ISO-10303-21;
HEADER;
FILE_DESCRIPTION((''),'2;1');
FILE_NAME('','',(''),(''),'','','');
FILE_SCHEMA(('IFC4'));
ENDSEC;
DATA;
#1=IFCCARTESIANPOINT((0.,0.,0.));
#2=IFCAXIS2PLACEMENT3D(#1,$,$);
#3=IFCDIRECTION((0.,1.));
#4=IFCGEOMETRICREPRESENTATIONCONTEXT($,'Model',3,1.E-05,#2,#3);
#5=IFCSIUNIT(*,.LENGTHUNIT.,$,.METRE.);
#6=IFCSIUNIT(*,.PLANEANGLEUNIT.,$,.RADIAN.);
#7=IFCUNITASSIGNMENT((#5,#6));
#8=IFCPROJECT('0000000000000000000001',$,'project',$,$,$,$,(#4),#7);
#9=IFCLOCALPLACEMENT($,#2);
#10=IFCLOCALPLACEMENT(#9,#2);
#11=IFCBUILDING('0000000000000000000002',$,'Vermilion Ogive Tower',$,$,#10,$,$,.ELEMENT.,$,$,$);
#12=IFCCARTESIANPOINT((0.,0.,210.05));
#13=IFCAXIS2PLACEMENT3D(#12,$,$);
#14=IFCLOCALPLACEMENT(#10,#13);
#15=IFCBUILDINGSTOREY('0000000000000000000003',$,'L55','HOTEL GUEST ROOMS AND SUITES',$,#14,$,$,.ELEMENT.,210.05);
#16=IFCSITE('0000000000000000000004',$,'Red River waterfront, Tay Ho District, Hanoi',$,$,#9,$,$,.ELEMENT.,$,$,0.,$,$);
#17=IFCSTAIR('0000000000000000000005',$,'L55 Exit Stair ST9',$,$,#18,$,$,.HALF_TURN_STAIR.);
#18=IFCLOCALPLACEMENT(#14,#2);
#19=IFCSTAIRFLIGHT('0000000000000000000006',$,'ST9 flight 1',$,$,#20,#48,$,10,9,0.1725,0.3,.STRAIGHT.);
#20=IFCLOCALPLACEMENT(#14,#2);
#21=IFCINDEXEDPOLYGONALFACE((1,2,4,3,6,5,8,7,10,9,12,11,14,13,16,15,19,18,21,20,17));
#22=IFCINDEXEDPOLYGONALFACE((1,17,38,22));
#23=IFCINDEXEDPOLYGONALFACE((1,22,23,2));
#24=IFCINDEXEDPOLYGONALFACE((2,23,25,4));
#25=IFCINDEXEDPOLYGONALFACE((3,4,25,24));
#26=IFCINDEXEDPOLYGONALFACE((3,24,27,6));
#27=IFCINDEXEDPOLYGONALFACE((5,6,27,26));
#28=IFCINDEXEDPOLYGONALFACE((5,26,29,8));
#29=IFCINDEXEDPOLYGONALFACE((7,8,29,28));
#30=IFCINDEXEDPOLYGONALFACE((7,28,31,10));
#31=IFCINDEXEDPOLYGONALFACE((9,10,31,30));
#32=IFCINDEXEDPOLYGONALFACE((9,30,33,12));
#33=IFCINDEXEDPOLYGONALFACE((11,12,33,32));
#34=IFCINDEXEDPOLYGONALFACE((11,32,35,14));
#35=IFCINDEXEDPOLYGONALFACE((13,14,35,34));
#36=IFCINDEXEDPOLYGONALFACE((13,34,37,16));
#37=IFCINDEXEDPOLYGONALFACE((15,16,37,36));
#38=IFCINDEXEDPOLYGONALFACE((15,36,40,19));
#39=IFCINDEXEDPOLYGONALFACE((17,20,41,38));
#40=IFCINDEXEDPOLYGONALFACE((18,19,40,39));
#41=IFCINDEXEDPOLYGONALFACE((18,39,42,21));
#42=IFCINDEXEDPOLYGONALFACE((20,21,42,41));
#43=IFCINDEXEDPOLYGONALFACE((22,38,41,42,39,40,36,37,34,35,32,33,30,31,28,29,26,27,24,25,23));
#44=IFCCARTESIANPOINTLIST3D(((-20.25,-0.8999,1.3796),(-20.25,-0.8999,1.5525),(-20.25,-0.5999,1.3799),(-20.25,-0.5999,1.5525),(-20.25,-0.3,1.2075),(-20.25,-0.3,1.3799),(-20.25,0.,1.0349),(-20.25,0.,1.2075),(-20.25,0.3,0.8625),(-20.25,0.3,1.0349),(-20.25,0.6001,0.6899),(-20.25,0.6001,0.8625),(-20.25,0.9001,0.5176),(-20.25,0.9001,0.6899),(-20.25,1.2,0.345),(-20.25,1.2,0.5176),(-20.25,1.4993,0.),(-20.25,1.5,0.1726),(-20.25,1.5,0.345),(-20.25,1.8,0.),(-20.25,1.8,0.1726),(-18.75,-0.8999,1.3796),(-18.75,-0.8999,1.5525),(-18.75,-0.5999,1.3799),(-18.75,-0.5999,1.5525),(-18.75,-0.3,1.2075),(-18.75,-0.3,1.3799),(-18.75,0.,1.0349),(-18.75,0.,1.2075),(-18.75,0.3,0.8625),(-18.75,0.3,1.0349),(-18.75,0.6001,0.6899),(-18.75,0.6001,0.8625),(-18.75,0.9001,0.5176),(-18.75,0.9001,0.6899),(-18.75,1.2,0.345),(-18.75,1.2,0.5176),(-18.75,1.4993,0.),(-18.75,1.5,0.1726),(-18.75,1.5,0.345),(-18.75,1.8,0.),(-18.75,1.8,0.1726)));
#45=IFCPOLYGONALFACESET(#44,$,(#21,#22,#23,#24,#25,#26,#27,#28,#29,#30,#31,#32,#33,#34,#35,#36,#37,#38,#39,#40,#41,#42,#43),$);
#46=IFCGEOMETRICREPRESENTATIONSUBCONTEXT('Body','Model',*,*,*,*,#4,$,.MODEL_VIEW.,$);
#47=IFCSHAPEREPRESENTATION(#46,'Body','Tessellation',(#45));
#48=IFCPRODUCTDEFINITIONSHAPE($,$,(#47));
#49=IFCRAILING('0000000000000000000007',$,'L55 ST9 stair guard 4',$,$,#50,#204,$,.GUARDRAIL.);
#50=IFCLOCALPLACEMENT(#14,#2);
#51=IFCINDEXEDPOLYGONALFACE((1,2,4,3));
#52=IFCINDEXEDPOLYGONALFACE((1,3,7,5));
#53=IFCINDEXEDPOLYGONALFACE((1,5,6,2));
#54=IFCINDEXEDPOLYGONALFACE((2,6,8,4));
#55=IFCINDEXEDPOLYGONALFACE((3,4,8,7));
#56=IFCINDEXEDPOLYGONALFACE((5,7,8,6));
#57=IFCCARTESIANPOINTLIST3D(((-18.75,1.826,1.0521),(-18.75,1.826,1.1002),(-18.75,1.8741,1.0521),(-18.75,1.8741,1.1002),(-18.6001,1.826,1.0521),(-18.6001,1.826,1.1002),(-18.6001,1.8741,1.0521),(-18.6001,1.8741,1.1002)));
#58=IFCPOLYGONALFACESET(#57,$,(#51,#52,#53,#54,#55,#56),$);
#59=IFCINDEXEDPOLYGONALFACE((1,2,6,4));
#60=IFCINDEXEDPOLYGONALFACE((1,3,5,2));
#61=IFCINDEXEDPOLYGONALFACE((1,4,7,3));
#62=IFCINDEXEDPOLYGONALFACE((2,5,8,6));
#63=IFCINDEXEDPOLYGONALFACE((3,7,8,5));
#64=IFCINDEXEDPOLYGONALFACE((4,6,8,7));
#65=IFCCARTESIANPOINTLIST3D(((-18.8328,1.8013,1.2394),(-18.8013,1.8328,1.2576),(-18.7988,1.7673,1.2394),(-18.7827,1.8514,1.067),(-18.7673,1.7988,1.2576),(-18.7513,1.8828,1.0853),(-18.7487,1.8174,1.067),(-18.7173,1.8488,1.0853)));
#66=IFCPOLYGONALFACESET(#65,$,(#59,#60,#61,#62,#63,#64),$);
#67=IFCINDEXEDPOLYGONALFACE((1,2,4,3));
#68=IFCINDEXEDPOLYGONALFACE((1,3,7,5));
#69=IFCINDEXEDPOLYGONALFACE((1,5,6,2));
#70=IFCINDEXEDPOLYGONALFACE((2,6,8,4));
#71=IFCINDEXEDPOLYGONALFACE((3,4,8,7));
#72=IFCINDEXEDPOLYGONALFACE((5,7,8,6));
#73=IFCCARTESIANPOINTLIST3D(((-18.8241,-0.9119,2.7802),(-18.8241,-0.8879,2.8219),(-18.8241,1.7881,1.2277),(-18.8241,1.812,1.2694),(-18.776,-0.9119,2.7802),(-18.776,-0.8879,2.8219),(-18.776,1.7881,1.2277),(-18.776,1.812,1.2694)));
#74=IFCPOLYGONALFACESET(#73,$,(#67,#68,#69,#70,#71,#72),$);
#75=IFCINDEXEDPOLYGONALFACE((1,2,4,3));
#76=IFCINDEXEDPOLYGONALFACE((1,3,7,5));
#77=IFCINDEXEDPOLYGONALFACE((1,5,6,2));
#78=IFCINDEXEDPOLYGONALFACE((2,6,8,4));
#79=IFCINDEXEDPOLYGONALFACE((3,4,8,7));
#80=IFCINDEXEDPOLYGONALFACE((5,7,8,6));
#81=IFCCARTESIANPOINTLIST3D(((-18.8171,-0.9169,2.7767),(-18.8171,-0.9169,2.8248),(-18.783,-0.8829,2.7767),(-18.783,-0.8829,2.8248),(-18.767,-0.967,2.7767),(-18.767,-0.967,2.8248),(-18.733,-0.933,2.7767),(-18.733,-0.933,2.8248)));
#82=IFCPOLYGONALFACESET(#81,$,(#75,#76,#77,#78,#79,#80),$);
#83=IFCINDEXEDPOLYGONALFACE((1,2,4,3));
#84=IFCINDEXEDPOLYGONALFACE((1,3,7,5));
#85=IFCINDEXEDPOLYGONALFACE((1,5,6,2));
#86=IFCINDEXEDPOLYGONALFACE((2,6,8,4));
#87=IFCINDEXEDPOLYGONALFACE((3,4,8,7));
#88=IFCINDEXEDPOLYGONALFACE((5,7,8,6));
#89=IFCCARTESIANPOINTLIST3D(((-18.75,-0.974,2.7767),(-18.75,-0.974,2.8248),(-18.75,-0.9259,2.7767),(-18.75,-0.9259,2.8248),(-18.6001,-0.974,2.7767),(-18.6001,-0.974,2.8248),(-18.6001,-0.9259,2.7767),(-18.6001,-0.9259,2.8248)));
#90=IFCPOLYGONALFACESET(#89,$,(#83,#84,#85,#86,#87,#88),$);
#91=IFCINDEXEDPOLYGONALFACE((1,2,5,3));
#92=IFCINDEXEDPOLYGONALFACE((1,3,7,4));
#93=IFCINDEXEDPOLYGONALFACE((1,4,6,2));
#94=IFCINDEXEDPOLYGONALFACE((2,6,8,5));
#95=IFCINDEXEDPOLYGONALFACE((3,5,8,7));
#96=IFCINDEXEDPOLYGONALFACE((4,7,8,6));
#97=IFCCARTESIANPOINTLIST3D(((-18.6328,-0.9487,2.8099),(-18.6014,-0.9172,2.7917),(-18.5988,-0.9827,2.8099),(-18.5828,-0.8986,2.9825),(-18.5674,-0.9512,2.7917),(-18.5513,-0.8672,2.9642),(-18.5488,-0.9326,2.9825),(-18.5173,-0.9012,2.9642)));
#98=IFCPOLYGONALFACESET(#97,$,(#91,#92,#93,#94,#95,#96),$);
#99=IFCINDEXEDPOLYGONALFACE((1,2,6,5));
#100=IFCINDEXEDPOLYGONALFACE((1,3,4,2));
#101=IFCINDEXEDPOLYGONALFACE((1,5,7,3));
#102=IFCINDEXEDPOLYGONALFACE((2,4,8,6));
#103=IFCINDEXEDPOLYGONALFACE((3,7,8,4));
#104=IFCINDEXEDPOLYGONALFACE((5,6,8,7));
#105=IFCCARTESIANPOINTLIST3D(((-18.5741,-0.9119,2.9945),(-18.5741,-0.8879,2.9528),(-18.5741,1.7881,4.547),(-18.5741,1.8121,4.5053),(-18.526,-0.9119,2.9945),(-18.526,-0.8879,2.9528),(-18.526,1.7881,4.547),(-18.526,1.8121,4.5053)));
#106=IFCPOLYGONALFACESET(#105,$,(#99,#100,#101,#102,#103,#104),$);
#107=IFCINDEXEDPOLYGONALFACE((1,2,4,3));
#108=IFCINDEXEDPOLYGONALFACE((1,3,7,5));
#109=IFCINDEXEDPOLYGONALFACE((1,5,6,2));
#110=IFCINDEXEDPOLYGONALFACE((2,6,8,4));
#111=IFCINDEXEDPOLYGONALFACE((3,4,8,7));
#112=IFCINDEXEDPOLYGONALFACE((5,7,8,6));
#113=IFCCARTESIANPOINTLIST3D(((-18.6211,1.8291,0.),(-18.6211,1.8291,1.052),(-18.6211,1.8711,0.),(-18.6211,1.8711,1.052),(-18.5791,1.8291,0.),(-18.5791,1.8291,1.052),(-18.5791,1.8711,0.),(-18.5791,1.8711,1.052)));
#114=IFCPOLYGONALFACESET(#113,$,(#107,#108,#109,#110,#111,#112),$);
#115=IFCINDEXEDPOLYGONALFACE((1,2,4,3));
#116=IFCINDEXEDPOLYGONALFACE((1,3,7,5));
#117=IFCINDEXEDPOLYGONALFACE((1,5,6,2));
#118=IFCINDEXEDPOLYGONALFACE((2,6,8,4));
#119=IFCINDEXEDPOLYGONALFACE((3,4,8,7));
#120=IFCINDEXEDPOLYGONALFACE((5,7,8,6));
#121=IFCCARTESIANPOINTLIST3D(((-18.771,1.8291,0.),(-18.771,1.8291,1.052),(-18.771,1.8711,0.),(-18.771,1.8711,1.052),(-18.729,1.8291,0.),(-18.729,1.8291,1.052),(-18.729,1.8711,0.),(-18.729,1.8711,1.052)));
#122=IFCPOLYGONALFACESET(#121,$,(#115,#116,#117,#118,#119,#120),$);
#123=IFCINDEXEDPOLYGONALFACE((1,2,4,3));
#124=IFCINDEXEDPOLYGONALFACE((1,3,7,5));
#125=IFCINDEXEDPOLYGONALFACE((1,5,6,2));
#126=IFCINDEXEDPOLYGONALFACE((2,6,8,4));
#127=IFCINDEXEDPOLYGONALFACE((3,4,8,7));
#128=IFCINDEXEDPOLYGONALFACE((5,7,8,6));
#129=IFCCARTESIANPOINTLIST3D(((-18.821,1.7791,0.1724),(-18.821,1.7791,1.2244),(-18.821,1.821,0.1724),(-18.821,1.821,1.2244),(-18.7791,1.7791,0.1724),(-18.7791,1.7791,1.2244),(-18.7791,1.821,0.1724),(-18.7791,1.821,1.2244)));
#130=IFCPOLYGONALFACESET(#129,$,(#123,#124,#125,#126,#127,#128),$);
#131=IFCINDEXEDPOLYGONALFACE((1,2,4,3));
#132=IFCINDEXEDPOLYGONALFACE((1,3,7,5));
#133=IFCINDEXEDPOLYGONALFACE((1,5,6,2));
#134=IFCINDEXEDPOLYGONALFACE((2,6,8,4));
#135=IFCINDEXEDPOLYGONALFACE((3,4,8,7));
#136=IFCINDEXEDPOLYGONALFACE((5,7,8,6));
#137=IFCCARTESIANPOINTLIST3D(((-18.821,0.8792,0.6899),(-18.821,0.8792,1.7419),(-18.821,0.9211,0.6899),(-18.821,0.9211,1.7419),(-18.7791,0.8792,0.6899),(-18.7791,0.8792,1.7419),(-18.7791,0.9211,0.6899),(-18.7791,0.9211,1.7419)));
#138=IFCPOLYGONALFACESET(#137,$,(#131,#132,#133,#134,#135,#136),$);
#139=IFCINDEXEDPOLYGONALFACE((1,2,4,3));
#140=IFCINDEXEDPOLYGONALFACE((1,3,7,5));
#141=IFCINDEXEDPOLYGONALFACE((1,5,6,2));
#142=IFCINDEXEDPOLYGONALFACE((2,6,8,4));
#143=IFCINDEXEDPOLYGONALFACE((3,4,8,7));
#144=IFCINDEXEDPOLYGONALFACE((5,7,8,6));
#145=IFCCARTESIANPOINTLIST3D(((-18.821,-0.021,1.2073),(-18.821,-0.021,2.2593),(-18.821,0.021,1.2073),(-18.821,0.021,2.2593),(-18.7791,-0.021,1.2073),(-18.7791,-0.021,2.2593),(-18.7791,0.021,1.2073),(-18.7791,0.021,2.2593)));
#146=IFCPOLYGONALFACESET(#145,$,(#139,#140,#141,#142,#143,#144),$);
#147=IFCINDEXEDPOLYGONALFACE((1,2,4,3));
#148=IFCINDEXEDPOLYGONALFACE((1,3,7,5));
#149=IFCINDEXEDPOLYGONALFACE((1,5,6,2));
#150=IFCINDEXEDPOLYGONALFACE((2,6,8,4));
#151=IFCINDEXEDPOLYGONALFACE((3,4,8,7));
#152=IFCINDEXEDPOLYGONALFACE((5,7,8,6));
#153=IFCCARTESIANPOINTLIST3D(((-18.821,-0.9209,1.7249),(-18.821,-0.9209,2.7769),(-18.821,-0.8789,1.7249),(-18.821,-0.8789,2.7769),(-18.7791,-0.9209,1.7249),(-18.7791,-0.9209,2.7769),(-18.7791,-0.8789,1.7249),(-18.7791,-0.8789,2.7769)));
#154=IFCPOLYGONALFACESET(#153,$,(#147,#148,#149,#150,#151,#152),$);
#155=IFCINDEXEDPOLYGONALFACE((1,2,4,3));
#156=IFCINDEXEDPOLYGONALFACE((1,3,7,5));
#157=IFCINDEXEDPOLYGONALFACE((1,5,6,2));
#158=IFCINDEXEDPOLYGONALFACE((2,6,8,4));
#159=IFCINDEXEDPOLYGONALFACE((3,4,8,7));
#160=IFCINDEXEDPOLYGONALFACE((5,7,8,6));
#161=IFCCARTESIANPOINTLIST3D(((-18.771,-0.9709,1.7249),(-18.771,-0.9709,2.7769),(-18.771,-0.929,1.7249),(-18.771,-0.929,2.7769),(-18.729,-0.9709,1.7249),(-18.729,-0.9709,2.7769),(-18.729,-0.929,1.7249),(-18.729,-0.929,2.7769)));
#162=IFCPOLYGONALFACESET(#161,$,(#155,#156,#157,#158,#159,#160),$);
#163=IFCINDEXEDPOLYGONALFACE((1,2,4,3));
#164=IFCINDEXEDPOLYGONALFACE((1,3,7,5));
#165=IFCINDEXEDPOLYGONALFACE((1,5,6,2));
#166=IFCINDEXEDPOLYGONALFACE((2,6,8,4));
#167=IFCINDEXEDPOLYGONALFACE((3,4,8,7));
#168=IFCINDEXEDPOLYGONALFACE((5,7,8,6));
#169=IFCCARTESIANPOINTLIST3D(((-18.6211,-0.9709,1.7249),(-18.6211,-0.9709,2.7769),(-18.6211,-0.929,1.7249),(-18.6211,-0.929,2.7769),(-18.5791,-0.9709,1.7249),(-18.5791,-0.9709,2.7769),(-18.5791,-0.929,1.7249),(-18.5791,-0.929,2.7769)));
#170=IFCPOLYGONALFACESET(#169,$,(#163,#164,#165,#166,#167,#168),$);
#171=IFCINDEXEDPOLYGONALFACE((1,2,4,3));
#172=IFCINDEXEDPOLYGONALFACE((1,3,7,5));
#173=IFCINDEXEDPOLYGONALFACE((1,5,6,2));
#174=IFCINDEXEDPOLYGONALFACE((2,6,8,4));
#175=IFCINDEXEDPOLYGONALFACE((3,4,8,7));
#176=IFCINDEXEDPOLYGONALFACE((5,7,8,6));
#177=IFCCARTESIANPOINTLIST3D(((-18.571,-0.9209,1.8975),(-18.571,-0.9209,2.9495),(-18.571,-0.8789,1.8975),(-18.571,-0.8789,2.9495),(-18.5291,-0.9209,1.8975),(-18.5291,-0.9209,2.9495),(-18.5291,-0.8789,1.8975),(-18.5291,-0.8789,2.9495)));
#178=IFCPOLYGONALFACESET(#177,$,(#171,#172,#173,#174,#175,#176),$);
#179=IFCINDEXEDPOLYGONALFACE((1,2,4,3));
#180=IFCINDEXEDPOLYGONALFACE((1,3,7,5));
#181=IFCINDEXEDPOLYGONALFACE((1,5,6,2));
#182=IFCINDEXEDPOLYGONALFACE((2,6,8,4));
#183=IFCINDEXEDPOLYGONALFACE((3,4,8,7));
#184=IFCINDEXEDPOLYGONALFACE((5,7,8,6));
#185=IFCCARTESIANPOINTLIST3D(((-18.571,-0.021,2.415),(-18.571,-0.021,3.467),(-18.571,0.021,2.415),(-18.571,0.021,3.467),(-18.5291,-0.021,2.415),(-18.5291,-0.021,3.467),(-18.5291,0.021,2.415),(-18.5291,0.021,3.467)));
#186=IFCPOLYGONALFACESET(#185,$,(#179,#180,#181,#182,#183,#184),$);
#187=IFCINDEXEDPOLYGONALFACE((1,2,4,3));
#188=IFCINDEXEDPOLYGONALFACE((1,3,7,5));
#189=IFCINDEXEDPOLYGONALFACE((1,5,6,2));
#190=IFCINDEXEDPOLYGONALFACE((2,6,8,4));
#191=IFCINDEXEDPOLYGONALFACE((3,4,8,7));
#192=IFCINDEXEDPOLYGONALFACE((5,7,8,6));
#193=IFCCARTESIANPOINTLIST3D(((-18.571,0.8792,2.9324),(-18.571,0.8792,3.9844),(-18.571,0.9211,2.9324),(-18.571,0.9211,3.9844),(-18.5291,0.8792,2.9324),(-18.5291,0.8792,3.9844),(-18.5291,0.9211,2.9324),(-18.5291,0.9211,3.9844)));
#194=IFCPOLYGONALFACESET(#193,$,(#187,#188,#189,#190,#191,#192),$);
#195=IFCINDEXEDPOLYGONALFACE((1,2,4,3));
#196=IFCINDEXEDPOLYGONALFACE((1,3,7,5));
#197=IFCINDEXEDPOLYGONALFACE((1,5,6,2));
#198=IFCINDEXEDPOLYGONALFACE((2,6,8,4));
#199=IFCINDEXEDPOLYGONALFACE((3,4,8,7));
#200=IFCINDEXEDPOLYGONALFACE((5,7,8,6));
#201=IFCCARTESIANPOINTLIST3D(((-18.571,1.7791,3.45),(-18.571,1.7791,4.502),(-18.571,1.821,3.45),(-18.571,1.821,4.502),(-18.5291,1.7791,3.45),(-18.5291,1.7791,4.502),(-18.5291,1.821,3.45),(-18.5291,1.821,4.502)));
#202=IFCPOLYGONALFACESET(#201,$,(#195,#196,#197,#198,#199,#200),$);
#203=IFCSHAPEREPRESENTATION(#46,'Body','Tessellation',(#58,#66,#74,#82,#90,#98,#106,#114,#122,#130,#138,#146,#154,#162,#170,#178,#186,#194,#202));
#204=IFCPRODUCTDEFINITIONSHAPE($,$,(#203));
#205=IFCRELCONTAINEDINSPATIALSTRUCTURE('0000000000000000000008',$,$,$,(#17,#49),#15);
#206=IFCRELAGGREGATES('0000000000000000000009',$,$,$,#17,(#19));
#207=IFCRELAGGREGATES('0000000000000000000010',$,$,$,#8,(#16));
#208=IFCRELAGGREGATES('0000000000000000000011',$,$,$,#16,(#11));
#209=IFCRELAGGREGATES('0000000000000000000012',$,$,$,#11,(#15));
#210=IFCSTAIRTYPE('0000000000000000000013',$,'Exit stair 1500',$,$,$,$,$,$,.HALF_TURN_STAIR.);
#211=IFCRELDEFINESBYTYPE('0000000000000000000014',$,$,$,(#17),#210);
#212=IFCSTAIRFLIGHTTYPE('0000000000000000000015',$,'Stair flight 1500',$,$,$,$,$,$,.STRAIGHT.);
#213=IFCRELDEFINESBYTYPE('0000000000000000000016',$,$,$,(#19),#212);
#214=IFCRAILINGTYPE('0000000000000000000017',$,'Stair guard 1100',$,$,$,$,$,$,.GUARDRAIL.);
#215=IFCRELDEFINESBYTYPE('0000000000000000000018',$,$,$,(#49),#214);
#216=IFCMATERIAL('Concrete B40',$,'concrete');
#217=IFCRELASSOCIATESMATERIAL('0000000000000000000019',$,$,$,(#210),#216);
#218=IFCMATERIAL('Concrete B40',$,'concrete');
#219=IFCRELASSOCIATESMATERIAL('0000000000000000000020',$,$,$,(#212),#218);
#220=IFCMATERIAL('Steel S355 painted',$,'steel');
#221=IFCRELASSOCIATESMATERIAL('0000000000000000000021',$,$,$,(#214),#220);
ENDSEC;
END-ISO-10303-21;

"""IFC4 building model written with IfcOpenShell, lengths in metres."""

from ifc_helpers import new_model, si_unit, direction, frame, origin, origin_2d, place, context, subcontext, project, spatial, polyline, rectangle, outline, extrude, material, type_object, element, aggregate, save


model = new_model("IFC4")

# Units and contexts
model_context = context("Model", 3, precision=1e-05, world=origin(), true_north=direction((0.0, 1.0)))
body_context = subcontext(model_context, "Body", "Model", "MODEL_VIEW")
ifc_project = project(units=[si_unit("LENGTHUNIT", "METRE"), si_unit("PLANEANGLEUNIT", "RADIAN")], contexts=[model_context])

# Site, building, storey
site_placement = place(None, origin())
site = spatial("IfcSite", under=ifc_project, at=site_placement, Name="Red River waterfront, Tay Ho District, Hanoi", CompositionType="ELEMENT", RefElevation=0.0)
building_placement = place(site_placement, origin())
building = spatial("IfcBuilding", under=site, at=building_placement, Name="Vermilion Ogive Tower", CompositionType="ELEMENT")
storey_placement = place(building_placement, frame((0.0, 0.0, 210.05)))
storey = spatial("IfcBuildingStorey", under=building, at=storey_placement, Name="L55", Description="HOTEL GUEST ROOMS AND SUITES", CompositionType="ELEMENT", Elevation=210.05)

# Stair, stair flight
ifc_material_1 = material(Name="Concrete B40", Category="concrete")
stair_type = type_object("IfcStairType", Name="Exit stair 1500", PredefinedType="HALF_TURN_STAIR", material=ifc_material_1)
stair_placement = place(storey_placement, origin())
stair = element("IfcStair", 1, at=stair_placement, inside=storey, type_object=stair_type, Name="L55 Exit Stair ST9", PredefinedType="HALF_TURN_STAIR")
ifc_material_2 = material(Name="Concrete B40", Category="concrete")
stair_flight_type = type_object("IfcStairFlightType", Name="Stair flight 1500", PredefinedType="STRAIGHT", material=ifc_material_2)
stair_flight_placement = place(storey_placement, frame((-19.5, 1.8, 0.0), z_axis=(0.0, 0.0, 1.0), x_axis=(0.0, -1.0, 0.0)))
stair_flight = element("IfcStairFlight", 2, at=stair_flight_placement, type_object=stair_flight_type, Name="ST9 flight 1", NumberOfRisers=10, NumberOfTreads=9, PredefinedType="STRAIGHT", RiserHeight=0.1725, TreadLength=0.3, context=body_context, shape_type="SweptSolid", body=[
    extrude(outline(polyline([(0.0, 0.0), (0.0, 0.1726), (0.3, 0.1726), (0.3, 0.345), (0.6001, 0.345), (0.6001, 0.5176), (0.8999, 0.5176), (0.8999, 0.6899), (1.2, 0.6899), (1.2, 0.8625), (1.5, 0.8625), (1.5, 1.0349), (1.8, 1.0349), (1.8, 1.2075), (2.1001, 1.2075), (2.1001, 1.3799), (2.3999, 1.3799), (2.3999, 1.5525), (2.7, 1.5525), (2.7, 1.7251), (2.7, 1.3796), (0.3008, 0.0), (0.0, 0.0)])), frame((0.0, 0.75, 0.0), z_axis=(0.0, -1.0, 0.0), x_axis=(1.0, 0.0, 0.0)), (0.0, 0.0, 1.0), 1.5),
])
aggregate(stair, [stair_flight])

# Railing
ifc_material_3 = material(Name="Steel S355 painted", Category="steel")
railing_type_1 = type_object("IfcRailingType", Name="Stair guard 1100", PredefinedType="GUARDRAIL", material=ifc_material_3)
railing_1_placement = place(storey_placement, frame((-18.6001, 1.8501, 0.0)))
element("IfcRailing", 3, at=railing_1_placement, inside=storey, type_object=railing_type_1, Name="L55 ST9 stair guard 4", PredefinedType="GUARDRAIL", context=body_context, shape_type="SweptSolid", body=[
    extrude(rectangle(XDim=0.0481, YDim=0.0481, at=origin_2d()), frame((0.0, 0.0, 1.0762), z_axis=(-1.0, 0.0, 0.0), x_axis=(0.0, -1.0, 0.0)), (0.0, 0.0, 1.0), 0.1499),
    extrude(rectangle(XDim=0.0481, YDim=0.0481, at=origin_2d()), frame((-0.1499, 0.0, 1.0762), z_axis=(-0.268603, -0.268603, 0.925043), x_axis=(0.707107, -0.707107, 0.0)), (0.0, 0.0, 1.0), 0.1863),
    extrude(rectangle(XDim=0.0481, YDim=0.0481, at=origin_2d()), frame((-0.2, -0.05, 1.2485), z_axis=(0.0, -0.866904, 0.498476), x_axis=(1.0, 0.0, 0.0)), (0.0, 0.0, 1.0), 3.1145),
    extrude(rectangle(XDim=0.0481, YDim=0.0481, at=origin_2d()), frame((-0.2, -2.75, 2.8008), z_axis=(0.707107, -0.707107, 0.0), x_axis=(0.707107, 0.707107, 0.0)), (0.0, 0.0, 1.0), 0.0708),
    extrude(rectangle(XDim=0.0481, YDim=0.0481, at=origin_2d()), frame((-0.1499, -2.8, 2.8008), z_axis=(1.0, 0.0, 0.0), x_axis=(0.0, 1.0, 0.0)), (0.0, 0.0, 1.0), 0.1499),
    extrude(rectangle(XDim=0.0481, YDim=0.0481, at=origin_2d()), frame((0.0, -2.8, 2.8008), z_axis=(0.268278, 0.268278, 0.925232), x_axis=(-0.707107, 0.707107, 0.0)), (0.0, 0.0, 1.0), 0.1865),
    extrude(rectangle(XDim=0.0481, YDim=0.0481, at=origin_2d()), frame((0.05, -2.75, 2.9736), z_axis=(0.0, 0.866904, 0.498476), x_axis=(-1.0, 0.0, 0.0)), (0.0, 0.0, 1.0), 3.1145),
    extrude(rectangle(XDim=0.042, YDim=0.042, at=origin_2d()), origin(), (0.0, 0.0, 1.0), 1.052),
    extrude(rectangle(XDim=0.042, YDim=0.042, at=origin_2d()), frame((-0.1499, 0.0, 0.0)), (0.0, 0.0, 1.0), 1.052),
    extrude(rectangle(XDim=0.042, YDim=0.042, at=origin_2d()), frame((-0.2, -0.05, 0.1724)), (0.0, 0.0, 1.0), 1.052),
    extrude(rectangle(XDim=0.042, YDim=0.042, at=origin_2d()), frame((-0.2, -0.95, 0.6899)), (0.0, 0.0, 1.0), 1.052),
    extrude(rectangle(XDim=0.042, YDim=0.042, at=origin_2d()), frame((-0.2, -1.8501, 1.2073)), (0.0, 0.0, 1.0), 1.052),
    extrude(rectangle(XDim=0.042, YDim=0.042, at=origin_2d()), frame((-0.2, -2.75, 1.7249)), (0.0, 0.0, 1.0), 1.052),
    extrude(rectangle(XDim=0.042, YDim=0.042, at=origin_2d()), frame((-0.1499, -2.8, 1.7249)), (0.0, 0.0, 1.0), 1.052),
    extrude(rectangle(XDim=0.042, YDim=0.042, at=origin_2d()), frame((0.0, -2.8, 1.7249)), (0.0, 0.0, 1.0), 1.052),
    extrude(rectangle(XDim=0.042, YDim=0.042, at=origin_2d()), frame((0.05, -2.75, 1.8975)), (0.0, 0.0, 1.0), 1.052),
    extrude(rectangle(XDim=0.042, YDim=0.042, at=origin_2d()), frame((0.05, -1.8501, 2.415)), (0.0, 0.0, 1.0), 1.052),
    extrude(rectangle(XDim=0.042, YDim=0.042, at=origin_2d()), frame((0.05, -0.95, 2.9324)), (0.0, 0.0, 1.0), 1.052),
    extrude(rectangle(XDim=0.042, YDim=0.042, at=origin_2d()), frame((0.05, -0.05, 3.45)), (0.0, 0.0, 1.0), 1.052),
])

save(model, "model.ifc")
